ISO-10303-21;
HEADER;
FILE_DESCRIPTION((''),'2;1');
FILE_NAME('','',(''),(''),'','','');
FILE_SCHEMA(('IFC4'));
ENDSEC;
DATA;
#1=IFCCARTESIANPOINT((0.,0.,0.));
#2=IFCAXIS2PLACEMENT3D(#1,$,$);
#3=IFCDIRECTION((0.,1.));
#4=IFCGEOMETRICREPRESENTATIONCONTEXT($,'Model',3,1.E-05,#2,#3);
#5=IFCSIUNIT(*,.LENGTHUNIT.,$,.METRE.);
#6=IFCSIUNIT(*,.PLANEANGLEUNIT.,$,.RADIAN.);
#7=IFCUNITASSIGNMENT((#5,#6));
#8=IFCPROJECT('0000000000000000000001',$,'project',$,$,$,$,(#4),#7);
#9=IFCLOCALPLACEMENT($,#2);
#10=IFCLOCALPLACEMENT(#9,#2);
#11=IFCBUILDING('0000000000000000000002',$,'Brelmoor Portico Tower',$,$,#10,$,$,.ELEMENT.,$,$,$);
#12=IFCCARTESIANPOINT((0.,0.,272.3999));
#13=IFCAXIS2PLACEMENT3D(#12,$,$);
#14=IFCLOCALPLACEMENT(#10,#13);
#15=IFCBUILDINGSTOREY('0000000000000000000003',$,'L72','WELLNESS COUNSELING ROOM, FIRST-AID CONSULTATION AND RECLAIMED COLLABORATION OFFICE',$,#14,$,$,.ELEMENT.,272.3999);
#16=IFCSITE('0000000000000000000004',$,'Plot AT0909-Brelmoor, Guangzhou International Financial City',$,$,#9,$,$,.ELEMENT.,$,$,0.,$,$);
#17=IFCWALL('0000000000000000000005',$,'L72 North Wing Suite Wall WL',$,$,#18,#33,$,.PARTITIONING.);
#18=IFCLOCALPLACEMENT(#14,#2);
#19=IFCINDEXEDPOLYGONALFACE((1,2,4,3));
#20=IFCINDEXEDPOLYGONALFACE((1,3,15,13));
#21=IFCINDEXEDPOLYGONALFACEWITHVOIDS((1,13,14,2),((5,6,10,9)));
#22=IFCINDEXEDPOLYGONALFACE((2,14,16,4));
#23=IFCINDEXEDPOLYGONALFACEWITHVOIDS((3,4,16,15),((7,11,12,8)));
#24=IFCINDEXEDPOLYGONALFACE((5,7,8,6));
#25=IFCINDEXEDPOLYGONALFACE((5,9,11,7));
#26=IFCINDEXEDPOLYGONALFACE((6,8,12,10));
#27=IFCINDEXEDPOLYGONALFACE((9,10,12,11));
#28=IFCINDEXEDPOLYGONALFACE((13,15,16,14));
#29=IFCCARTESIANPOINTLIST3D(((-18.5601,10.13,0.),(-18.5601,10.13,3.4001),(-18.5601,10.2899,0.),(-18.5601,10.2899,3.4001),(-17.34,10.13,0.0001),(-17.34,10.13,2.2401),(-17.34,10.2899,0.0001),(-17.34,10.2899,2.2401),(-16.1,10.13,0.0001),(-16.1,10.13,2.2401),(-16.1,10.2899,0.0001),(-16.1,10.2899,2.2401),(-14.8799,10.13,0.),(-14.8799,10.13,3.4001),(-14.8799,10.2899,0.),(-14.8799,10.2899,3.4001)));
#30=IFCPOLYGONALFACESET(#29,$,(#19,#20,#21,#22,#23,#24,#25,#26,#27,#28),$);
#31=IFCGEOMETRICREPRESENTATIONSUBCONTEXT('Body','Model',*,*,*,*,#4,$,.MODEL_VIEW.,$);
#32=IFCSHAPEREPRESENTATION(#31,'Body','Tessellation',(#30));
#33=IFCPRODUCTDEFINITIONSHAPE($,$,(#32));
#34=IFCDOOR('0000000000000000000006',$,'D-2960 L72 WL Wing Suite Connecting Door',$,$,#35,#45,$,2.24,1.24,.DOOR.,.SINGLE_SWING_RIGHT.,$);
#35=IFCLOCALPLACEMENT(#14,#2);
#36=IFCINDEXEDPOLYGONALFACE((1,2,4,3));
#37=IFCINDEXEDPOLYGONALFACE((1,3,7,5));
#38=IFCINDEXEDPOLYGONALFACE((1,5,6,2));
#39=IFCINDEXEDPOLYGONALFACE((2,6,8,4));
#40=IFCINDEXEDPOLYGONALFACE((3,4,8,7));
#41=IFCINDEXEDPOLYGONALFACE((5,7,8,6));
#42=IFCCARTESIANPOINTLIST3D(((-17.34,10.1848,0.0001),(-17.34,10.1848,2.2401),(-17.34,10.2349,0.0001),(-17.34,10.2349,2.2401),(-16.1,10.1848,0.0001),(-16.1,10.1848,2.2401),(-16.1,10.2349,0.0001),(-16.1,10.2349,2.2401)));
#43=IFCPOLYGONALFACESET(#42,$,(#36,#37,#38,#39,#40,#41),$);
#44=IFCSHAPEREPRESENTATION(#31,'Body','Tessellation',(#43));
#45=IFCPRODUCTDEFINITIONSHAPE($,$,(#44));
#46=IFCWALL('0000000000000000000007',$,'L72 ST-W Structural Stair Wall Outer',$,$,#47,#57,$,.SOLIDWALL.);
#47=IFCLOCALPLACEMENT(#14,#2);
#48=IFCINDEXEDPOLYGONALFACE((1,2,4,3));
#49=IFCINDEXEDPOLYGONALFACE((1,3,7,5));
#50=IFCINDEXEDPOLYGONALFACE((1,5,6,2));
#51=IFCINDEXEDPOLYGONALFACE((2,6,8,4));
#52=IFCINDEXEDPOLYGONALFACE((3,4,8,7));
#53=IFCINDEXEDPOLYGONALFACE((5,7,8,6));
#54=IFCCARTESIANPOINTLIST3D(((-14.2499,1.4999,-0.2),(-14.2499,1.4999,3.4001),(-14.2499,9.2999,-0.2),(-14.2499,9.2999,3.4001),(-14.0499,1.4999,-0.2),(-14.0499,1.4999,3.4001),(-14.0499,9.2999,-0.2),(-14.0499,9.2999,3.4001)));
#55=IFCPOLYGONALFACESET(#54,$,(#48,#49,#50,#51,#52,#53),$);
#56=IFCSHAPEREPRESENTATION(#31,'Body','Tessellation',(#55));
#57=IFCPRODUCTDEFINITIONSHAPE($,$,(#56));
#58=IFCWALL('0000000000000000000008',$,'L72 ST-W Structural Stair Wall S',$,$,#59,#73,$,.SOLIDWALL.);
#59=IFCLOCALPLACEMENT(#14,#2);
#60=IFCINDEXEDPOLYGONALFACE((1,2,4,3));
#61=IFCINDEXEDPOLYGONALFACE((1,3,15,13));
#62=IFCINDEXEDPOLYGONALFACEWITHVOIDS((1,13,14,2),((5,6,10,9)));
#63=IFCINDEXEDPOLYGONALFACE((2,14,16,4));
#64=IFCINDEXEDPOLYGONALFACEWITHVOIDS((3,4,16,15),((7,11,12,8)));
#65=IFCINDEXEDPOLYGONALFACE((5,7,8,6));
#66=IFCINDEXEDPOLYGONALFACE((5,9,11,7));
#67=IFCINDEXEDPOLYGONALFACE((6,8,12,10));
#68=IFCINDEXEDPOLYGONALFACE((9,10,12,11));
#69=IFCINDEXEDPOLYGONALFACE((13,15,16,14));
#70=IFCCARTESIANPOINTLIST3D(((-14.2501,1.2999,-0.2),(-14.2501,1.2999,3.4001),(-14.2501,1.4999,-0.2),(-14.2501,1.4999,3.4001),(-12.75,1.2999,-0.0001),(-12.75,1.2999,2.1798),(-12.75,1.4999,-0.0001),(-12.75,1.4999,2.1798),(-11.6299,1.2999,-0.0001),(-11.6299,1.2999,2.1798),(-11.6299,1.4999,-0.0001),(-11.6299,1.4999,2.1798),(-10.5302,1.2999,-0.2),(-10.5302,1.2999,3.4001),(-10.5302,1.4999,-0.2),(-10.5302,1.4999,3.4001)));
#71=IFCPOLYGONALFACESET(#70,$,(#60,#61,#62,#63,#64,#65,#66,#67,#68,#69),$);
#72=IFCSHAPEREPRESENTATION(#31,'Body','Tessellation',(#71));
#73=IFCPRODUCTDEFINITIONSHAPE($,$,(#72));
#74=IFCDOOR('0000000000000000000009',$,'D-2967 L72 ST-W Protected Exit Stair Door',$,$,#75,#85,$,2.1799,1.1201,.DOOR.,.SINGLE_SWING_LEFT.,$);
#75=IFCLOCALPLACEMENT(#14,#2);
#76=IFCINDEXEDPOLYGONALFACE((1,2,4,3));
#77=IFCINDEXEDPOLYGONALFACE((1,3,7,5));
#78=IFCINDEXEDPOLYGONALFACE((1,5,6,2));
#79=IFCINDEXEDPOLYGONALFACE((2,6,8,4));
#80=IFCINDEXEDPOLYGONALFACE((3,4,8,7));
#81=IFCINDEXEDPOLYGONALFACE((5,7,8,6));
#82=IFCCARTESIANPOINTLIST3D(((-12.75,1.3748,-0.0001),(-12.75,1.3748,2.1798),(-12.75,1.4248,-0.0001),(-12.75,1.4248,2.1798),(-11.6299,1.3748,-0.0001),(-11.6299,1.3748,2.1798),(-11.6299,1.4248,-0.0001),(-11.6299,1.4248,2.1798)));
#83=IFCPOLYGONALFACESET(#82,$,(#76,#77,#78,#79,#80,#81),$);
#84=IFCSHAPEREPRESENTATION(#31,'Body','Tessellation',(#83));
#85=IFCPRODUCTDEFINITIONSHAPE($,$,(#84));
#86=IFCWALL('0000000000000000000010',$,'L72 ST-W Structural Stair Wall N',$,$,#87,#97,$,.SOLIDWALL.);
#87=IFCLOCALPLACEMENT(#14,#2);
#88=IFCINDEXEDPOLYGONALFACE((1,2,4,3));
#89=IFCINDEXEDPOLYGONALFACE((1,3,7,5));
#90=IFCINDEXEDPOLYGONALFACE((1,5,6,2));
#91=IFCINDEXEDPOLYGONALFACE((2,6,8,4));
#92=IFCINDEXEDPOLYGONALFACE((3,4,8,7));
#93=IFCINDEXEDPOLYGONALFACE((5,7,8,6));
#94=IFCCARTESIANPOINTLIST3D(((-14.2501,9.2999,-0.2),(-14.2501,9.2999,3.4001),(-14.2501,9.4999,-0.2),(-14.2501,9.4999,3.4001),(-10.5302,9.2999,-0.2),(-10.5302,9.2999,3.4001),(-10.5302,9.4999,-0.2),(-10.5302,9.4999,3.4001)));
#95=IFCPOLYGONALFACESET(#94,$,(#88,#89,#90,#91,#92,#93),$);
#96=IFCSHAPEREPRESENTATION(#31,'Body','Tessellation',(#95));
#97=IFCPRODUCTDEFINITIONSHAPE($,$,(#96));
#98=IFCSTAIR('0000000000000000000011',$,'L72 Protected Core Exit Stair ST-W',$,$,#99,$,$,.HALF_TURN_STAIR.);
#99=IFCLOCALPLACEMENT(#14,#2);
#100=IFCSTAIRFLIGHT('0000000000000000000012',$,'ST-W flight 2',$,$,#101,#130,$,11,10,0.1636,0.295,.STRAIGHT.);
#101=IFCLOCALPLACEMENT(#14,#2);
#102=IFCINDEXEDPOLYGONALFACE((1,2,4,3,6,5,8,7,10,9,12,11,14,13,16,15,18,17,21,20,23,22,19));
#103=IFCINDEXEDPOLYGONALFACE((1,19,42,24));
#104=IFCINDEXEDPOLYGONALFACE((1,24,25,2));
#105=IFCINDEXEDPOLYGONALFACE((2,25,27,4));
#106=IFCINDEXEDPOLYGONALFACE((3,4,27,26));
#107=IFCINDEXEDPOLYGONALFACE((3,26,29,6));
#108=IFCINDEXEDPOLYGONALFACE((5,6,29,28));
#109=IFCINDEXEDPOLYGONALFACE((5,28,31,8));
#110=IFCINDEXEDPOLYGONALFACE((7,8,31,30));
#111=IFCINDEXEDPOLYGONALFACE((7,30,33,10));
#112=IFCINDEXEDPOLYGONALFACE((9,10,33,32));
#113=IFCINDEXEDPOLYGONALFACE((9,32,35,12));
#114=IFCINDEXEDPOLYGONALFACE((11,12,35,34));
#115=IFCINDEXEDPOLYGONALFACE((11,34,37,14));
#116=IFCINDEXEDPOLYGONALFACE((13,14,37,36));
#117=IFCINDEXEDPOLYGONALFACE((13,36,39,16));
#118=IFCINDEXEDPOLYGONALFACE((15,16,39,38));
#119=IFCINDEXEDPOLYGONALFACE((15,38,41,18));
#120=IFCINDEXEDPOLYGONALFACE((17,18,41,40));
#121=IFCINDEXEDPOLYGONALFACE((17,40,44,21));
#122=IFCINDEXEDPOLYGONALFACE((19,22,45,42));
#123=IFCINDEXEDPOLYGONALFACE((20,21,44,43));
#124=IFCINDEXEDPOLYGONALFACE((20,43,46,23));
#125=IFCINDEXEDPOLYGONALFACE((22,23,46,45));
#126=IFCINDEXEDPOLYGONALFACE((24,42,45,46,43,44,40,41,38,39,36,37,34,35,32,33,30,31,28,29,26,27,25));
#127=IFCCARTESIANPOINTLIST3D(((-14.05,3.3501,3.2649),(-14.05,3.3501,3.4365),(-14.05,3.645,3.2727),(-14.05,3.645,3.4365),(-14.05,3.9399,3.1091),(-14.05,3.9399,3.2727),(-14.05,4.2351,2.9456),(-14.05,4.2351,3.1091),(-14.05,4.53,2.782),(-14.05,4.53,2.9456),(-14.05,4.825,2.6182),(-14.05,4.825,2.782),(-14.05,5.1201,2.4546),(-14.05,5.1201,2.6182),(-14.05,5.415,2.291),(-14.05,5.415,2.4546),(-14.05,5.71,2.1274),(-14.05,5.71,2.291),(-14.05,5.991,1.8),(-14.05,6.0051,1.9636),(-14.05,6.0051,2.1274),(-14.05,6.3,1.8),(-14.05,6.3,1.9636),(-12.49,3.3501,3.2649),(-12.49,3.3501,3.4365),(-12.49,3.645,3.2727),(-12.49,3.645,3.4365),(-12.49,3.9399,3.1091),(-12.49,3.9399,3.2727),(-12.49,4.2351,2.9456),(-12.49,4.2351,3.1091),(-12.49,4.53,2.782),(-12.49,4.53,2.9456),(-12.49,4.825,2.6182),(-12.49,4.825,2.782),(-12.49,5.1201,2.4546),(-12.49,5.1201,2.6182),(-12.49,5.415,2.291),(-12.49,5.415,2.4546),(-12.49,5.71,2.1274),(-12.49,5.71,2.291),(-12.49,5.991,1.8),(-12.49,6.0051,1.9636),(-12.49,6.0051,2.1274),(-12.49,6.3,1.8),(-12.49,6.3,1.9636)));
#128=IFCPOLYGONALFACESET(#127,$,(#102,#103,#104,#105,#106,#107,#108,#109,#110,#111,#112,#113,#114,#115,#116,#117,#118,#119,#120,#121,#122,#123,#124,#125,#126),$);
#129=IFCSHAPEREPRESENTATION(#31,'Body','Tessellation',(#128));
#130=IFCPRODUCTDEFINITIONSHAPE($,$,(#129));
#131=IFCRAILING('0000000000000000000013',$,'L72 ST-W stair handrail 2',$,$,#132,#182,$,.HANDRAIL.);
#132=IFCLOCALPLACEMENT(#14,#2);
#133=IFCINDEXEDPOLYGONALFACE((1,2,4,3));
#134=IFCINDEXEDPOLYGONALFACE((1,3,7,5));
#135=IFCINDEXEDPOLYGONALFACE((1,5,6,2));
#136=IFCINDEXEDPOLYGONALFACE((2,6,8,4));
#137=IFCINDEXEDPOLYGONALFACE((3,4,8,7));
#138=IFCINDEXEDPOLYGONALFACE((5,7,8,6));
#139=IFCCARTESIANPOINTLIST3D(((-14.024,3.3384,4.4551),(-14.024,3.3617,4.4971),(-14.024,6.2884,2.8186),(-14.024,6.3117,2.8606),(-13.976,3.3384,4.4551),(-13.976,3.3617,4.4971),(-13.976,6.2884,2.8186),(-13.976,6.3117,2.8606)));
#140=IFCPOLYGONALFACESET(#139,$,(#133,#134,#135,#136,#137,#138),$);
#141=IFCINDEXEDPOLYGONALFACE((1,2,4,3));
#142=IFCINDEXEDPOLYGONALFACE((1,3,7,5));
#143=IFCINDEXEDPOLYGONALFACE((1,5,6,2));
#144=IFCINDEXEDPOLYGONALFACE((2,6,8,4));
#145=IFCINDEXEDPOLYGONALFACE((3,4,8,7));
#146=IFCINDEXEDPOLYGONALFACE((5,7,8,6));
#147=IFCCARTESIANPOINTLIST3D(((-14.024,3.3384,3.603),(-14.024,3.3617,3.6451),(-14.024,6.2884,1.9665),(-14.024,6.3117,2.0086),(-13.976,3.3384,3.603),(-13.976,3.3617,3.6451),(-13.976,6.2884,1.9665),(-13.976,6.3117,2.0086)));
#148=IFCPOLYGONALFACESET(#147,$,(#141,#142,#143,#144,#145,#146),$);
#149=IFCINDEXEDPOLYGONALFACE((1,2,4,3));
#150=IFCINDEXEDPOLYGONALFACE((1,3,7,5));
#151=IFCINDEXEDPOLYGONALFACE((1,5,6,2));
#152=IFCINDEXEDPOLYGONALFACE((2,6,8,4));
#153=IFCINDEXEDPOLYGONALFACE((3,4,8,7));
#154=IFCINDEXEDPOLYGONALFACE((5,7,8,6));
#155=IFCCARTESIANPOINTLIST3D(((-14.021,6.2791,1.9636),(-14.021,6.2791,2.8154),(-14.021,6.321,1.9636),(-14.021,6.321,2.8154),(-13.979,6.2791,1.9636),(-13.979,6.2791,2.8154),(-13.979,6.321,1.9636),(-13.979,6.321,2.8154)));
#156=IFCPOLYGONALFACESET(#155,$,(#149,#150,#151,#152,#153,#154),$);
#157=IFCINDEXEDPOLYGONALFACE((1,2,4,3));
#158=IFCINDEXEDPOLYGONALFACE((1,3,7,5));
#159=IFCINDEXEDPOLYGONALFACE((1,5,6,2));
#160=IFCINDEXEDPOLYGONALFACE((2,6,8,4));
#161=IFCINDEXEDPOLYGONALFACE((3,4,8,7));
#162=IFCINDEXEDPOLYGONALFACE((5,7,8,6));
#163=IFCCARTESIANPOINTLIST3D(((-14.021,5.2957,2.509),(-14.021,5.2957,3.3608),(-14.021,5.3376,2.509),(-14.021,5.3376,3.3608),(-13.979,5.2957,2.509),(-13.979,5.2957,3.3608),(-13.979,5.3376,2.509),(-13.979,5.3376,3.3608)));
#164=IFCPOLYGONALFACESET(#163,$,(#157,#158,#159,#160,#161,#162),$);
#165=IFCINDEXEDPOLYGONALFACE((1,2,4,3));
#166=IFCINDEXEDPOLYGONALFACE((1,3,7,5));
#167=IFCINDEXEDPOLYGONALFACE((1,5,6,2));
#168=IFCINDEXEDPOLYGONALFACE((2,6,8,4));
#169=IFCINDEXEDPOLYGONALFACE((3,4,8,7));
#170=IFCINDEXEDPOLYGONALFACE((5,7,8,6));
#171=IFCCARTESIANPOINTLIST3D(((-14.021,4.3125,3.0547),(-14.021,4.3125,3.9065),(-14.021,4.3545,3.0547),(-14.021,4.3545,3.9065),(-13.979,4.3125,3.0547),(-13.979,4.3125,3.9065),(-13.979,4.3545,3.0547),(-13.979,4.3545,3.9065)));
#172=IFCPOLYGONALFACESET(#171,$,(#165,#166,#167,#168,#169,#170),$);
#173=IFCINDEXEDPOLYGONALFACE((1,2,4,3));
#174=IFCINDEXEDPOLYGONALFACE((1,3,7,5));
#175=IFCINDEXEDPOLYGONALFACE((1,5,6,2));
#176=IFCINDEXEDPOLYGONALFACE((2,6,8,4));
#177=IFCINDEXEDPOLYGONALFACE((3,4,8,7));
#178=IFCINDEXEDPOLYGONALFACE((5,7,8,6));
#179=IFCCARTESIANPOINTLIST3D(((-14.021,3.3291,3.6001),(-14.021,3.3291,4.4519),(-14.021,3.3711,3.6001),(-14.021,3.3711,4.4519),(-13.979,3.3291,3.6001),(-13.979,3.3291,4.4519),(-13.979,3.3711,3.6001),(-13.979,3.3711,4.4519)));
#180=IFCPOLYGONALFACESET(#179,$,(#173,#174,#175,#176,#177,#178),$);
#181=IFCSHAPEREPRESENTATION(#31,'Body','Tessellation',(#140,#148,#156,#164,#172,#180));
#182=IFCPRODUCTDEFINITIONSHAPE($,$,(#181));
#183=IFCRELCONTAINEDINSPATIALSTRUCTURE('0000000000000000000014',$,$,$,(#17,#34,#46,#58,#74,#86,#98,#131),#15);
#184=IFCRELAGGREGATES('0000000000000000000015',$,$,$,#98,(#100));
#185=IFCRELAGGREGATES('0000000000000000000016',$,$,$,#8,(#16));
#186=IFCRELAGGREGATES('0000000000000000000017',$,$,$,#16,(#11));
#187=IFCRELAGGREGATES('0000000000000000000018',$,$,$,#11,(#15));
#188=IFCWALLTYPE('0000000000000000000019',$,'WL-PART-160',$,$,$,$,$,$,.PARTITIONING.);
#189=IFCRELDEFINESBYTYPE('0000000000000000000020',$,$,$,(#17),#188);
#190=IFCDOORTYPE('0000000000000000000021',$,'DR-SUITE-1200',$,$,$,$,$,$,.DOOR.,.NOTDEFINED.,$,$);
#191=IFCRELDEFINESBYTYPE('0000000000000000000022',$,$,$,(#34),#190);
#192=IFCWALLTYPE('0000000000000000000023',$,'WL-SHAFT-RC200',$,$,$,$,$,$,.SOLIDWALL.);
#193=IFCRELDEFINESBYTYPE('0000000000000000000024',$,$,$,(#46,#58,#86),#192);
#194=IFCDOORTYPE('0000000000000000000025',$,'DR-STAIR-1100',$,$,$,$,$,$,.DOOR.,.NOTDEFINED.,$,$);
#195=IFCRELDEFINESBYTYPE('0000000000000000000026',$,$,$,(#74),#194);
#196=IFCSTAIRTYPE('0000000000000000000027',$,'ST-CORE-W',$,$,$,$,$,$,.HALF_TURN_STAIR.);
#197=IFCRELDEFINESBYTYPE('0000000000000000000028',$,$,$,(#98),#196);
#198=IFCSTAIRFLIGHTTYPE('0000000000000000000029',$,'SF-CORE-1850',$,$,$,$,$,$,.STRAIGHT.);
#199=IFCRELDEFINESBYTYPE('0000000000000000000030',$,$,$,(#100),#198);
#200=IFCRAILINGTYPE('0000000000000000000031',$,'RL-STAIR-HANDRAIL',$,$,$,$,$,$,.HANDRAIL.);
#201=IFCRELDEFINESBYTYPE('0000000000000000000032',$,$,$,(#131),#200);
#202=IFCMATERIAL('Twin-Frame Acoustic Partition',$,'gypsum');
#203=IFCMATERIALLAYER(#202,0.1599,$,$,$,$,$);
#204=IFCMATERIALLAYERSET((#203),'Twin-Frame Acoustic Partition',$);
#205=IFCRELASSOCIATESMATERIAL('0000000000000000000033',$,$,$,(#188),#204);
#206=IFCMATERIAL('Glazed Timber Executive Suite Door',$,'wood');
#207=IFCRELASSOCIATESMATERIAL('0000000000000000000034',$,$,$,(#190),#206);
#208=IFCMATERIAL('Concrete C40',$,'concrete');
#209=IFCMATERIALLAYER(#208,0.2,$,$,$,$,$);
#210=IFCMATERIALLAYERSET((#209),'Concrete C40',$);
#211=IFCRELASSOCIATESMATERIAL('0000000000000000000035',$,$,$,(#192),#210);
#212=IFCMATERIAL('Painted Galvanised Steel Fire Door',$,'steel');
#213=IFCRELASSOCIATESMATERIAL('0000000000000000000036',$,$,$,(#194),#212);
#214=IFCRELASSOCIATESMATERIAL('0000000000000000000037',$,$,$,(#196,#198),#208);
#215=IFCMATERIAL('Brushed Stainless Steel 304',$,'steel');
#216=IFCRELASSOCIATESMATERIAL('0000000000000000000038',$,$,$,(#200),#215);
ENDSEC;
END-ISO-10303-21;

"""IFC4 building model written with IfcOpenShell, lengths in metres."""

from ifc_helpers import new_model, si_unit, direction, frame, frame_2d, origin, origin_2d, place, context, subcontext, project, spatial, polyline, rectangle, outline, extrude, material, layer, layer_set, type_object, element, fill, aggregate, save


model = new_model("IFC4")

# Units and contexts
model_context = context("Model", 3, precision=1e-05, world=origin(), true_north=direction((0.0, 1.0)))
body_context = subcontext(model_context, "Body", "Model", "MODEL_VIEW")
ifc_project = project(units=[si_unit("LENGTHUNIT", "METRE"), si_unit("PLANEANGLEUNIT", "RADIAN")], contexts=[model_context])

# Site, building, storey
site_placement = place(None, origin())
site = spatial("IfcSite", under=ifc_project, at=site_placement, Name="Plot AT0909-Brelmoor, Guangzhou International Financial City", CompositionType="ELEMENT", RefElevation=0.0)
building_placement = place(site_placement, origin())
building = spatial("IfcBuilding", under=site, at=building_placement, Name="Brelmoor Portico Tower", CompositionType="ELEMENT")
storey_placement = place(building_placement, frame((0.0, 0.0, 272.3999)))
storey = spatial("IfcBuildingStorey", under=building, at=storey_placement, Name="L72", Description="WELLNESS COUNSELING ROOM, FIRST-AID CONSULTATION AND RECLAIMED COLLABORATION OFFICE", CompositionType="ELEMENT", Elevation=272.3999)

# Wall, opening, door
ifc_material_1 = material(Name="Twin-Frame Acoustic Partition", Category="gypsum")
ifc_layer_1 = layer(ifc_material_1, 0.1599)
ifc_layer_set_1 = layer_set([ifc_layer_1], Name="Twin-Frame Acoustic Partition")
wall_type_1 = type_object("IfcWallType", Name="WL-PART-160", PredefinedType="PARTITIONING", material=ifc_layer_set_1)
wall_1_placement = place(storey_placement, frame((-18.5601, 10.21, 0.0), z_axis=(0.0, 0.0, 1.0), x_axis=(1.0, 0.0, 0.0)))
wall_1 = element("IfcWall", 1, at=wall_1_placement, inside=storey, type_object=wall_type_1, Name="L72 North Wing Suite Wall WL", PredefinedType="PARTITIONING", context=body_context, shape_type="SweptSolid", body=[
    extrude(rectangle(XDim=3.6802, YDim=0.1599, at=frame_2d((1.8401, 0.0))), origin(), (0.0, 0.0, 1.0), 3.4001),
])
opening_1_placement = place(wall_1_placement, frame((1.22, 0.0, 0.0)))
opening_1 = element("IfcOpeningElement", 2, at=opening_1_placement, cuts=wall_1, PredefinedType="OPENING", context=body_context, shape_type="SweptSolid", body=[
    extrude(rectangle(XDim=1.24, YDim=2.24, at=frame_2d((0.6201, 1.1201))), frame((0.0, 0.0898, 0.0), z_axis=(0.0, -1.0, 0.0), x_axis=(1.0, 0.0, 0.0)), (0.0, 0.0, 1.0), 0.1799),
])
ifc_material_2 = material(Name="Glazed Timber Executive Suite Door", Category="wood")
door_type_1 = type_object("IfcDoorType", Name="DR-SUITE-1200", OperationType="NOTDEFINED", PredefinedType="DOOR", material=ifc_material_2)
door_1_placement = place(opening_1_placement, origin())
door_1 = element("IfcDoor", 3, at=door_1_placement, inside=storey, type_object=door_type_1, Name="D-2960 L72 WL Wing Suite Connecting Door", OperationType="SINGLE_SWING_RIGHT", OverallHeight=2.24, OverallWidth=1.24, PredefinedType="DOOR", context=body_context, shape_type="SweptSolid", body=[
    extrude(rectangle(XDim=1.24, YDim=2.24, at=frame_2d((0.6201, 1.1201))), frame((0.0, 0.0249, 0.0), z_axis=(0.0, -1.0, 0.0), x_axis=(1.0, 0.0, 0.0)), (0.0, 0.0, 1.0), 0.05),
])
fill(opening_1, door_1)

# Wall
ifc_material_3 = material(Name="Concrete C40", Category="concrete")
ifc_layer_2 = layer(ifc_material_3, 0.2)
ifc_layer_set_2 = layer_set([ifc_layer_2], Name="Concrete C40")
wall_type_2 = type_object("IfcWallType", Name="WL-SHAFT-RC200", PredefinedType="SOLIDWALL", material=ifc_layer_set_2)
wall_2_placement = place(storey_placement, frame((-14.1499, 1.5, -0.2), z_axis=(0.0, 0.0, 1.0), x_axis=(0.0, 1.0, 0.0)))
element("IfcWall", 4, at=wall_2_placement, inside=storey, type_object=wall_type_2, Name="L72 ST-W Structural Stair Wall Outer", PredefinedType="SOLIDWALL", context=body_context, shape_type="SweptSolid", body=[
    extrude(rectangle(XDim=7.8, YDim=0.2, at=frame_2d((3.8999, 0.0))), origin(), (0.0, 0.0, 1.0), 3.6001),
])

# Wall, opening, door
wall_3_placement = place(storey_placement, frame((-14.25, 1.3999, -0.2), z_axis=(0.0, 0.0, 1.0), x_axis=(1.0, 0.0, 0.0)))
wall_3 = element("IfcWall", 5, at=wall_3_placement, inside=storey, type_object=wall_type_2, Name="L72 ST-W Structural Stair Wall S", PredefinedType="SOLIDWALL", context=body_context, shape_type="SweptSolid", body=[
    extrude(rectangle(XDim=3.72, YDim=0.2, at=frame_2d((1.8599, 0.0))), origin(), (0.0, 0.0, 1.0), 3.6001),
])
opening_2_placement = place(wall_3_placement, frame((1.5, 0.0, 0.2)))
opening_2 = element("IfcOpeningElement", 6, at=opening_2_placement, cuts=wall_3, PredefinedType="OPENING", context=body_context, shape_type="SweptSolid", body=[
    extrude(rectangle(XDim=1.1201, YDim=2.1799, at=frame_2d((0.5601, 1.0898))), frame((0.0, 0.1099, 0.0), z_axis=(0.0, -1.0, 0.0), x_axis=(1.0, 0.0, 0.0)), (0.0, 0.0, 1.0), 0.22),
])
ifc_material_4 = material(Name="Painted Galvanised Steel Fire Door", Category="steel")
door_type_2 = type_object("IfcDoorType", Name="DR-STAIR-1100", OperationType="NOTDEFINED", PredefinedType="DOOR", material=ifc_material_4)
door_2_placement = place(opening_2_placement, origin())
door_2 = element("IfcDoor", 7, at=door_2_placement, inside=storey, type_object=door_type_2, Name="D-2967 L72 ST-W Protected Exit Stair Door", OperationType="SINGLE_SWING_LEFT", OverallHeight=2.1799, OverallWidth=1.1201, PredefinedType="DOOR", context=body_context, shape_type="SweptSolid", body=[
    extrude(rectangle(XDim=1.1201, YDim=2.1799, at=frame_2d((0.5601, 1.0898))), frame((0.0, 0.0249, 0.0), z_axis=(0.0, -1.0, 0.0), x_axis=(1.0, 0.0, 0.0)), (0.0, 0.0, 1.0), 0.05),
])
fill(opening_2, door_2)

# Wall
wall_4_placement = place(storey_placement, frame((-14.25, 9.3999, -0.2), z_axis=(0.0, 0.0, 1.0), x_axis=(1.0, 0.0, 0.0)))
element("IfcWall", 8, at=wall_4_placement, inside=storey, type_object=wall_type_2, Name="L72 ST-W Structural Stair Wall N", PredefinedType="SOLIDWALL", context=body_context, shape_type="SweptSolid", body=[
    extrude(rectangle(XDim=3.72, YDim=0.2, at=frame_2d((1.8599, 0.0))), origin(), (0.0, 0.0, 1.0), 3.6001),
])

# Stair, stair flight
stair_type = type_object("IfcStairType", Name="ST-CORE-W", PredefinedType="HALF_TURN_STAIR", material=ifc_material_3)
stair_placement = place(storey_placement, origin())
stair = element("IfcStair", 9, at=stair_placement, inside=storey, type_object=stair_type, Name="L72 Protected Core Exit Stair ST-W", PredefinedType="HALF_TURN_STAIR")
stair_flight_type = type_object("IfcStairFlightType", Name="SF-CORE-1850", PredefinedType="STRAIGHT", material=ifc_material_3)
stair_flight_placement = place(storey_placement, frame((-13.27, 6.3, 1.8), z_axis=(0.0, 0.0, 1.0), x_axis=(0.0, -1.0, 0.0)))
stair_flight = element("IfcStairFlight", 10, at=stair_flight_placement, type_object=stair_flight_type, Name="ST-W flight 2", NumberOfRisers=11, NumberOfTreads=10, PredefinedType="STRAIGHT", RiserHeight=0.1636, TreadLength=0.295, context=body_context, shape_type="SweptSolid", body=[
    extrude(outline(polyline([(0.0, 0.0), (0.0, 0.1636), (0.2949, 0.1636), (0.2949, 0.3274), (0.5901, 0.3274), (0.5901, 0.491), (0.885, 0.491), (0.885, 0.6545), (1.1799, 0.6545), (1.1799, 0.8181), (1.4751, 0.8181), (1.4751, 0.9819), (1.77, 0.9819), (1.77, 1.1455), (2.0649, 1.1455), (2.0649, 1.3091), (2.3601, 1.3091), (2.3601, 1.4727), (2.655, 1.4727), (2.655, 1.6365), (2.95, 1.6365), (2.95, 1.8), (2.95, 1.4648), (0.3091, 0.0), (0.0, 0.0)])), frame((0.0, 0.78, 0.0), z_axis=(0.0, -1.0, 0.0), x_axis=(1.0, 0.0, 0.0)), (0.0, 0.0, 1.0), 1.5601),
])
aggregate(stair, [stair_flight])

# Railing
ifc_material_5 = material(Name="Brushed Stainless Steel 304", Category="steel")
railing_type = type_object("IfcRailingType", Name="RL-STAIR-HANDRAIL", PredefinedType="HANDRAIL", material=ifc_material_5)
railing_placement = place(storey_placement, frame((-14.0, 6.3, 1.9636)))
element("IfcRailing", 11, at=railing_placement, inside=storey, type_object=railing_type, Name="L72 ST-W stair handrail 2", PredefinedType="HANDRAIL", context=body_context, shape_type="SweptSolid", body=[
    extrude(rectangle(XDim=0.0481, YDim=0.0481, at=origin_2d()), frame((0.0, 0.0, 0.876), z_axis=(0.0, -0.874458, 0.485102), x_axis=(1.0, 0.0, 0.0)), (0.0, 0.0, 1.0), 3.3735),
    extrude(rectangle(XDim=0.0481, YDim=0.0481, at=origin_2d()), frame((0.0, 0.0, 0.0239), z_axis=(0.0, -0.874458, 0.485102), x_axis=(1.0, 0.0, 0.0)), (0.0, 0.0, 1.0), 3.3735),
    extrude(rectangle(XDim=0.042, YDim=0.042, at=origin_2d()), origin(), (0.0, 0.0, 1.0), 0.8518),
    extrude(rectangle(XDim=0.042, YDim=0.042, at=origin_2d()), frame((0.0, -0.9834, 0.5454)), (0.0, 0.0, 1.0), 0.8518),
    extrude(rectangle(XDim=0.042, YDim=0.042, at=origin_2d()), frame((0.0, -1.9666, 1.0911)), (0.0, 0.0, 1.0), 0.8518),
    extrude(rectangle(XDim=0.042, YDim=0.042, at=origin_2d()), frame((0.0, -2.95, 1.6365)), (0.0, 0.0, 1.0), 0.8518),
])

save(model, "model.ifc")
